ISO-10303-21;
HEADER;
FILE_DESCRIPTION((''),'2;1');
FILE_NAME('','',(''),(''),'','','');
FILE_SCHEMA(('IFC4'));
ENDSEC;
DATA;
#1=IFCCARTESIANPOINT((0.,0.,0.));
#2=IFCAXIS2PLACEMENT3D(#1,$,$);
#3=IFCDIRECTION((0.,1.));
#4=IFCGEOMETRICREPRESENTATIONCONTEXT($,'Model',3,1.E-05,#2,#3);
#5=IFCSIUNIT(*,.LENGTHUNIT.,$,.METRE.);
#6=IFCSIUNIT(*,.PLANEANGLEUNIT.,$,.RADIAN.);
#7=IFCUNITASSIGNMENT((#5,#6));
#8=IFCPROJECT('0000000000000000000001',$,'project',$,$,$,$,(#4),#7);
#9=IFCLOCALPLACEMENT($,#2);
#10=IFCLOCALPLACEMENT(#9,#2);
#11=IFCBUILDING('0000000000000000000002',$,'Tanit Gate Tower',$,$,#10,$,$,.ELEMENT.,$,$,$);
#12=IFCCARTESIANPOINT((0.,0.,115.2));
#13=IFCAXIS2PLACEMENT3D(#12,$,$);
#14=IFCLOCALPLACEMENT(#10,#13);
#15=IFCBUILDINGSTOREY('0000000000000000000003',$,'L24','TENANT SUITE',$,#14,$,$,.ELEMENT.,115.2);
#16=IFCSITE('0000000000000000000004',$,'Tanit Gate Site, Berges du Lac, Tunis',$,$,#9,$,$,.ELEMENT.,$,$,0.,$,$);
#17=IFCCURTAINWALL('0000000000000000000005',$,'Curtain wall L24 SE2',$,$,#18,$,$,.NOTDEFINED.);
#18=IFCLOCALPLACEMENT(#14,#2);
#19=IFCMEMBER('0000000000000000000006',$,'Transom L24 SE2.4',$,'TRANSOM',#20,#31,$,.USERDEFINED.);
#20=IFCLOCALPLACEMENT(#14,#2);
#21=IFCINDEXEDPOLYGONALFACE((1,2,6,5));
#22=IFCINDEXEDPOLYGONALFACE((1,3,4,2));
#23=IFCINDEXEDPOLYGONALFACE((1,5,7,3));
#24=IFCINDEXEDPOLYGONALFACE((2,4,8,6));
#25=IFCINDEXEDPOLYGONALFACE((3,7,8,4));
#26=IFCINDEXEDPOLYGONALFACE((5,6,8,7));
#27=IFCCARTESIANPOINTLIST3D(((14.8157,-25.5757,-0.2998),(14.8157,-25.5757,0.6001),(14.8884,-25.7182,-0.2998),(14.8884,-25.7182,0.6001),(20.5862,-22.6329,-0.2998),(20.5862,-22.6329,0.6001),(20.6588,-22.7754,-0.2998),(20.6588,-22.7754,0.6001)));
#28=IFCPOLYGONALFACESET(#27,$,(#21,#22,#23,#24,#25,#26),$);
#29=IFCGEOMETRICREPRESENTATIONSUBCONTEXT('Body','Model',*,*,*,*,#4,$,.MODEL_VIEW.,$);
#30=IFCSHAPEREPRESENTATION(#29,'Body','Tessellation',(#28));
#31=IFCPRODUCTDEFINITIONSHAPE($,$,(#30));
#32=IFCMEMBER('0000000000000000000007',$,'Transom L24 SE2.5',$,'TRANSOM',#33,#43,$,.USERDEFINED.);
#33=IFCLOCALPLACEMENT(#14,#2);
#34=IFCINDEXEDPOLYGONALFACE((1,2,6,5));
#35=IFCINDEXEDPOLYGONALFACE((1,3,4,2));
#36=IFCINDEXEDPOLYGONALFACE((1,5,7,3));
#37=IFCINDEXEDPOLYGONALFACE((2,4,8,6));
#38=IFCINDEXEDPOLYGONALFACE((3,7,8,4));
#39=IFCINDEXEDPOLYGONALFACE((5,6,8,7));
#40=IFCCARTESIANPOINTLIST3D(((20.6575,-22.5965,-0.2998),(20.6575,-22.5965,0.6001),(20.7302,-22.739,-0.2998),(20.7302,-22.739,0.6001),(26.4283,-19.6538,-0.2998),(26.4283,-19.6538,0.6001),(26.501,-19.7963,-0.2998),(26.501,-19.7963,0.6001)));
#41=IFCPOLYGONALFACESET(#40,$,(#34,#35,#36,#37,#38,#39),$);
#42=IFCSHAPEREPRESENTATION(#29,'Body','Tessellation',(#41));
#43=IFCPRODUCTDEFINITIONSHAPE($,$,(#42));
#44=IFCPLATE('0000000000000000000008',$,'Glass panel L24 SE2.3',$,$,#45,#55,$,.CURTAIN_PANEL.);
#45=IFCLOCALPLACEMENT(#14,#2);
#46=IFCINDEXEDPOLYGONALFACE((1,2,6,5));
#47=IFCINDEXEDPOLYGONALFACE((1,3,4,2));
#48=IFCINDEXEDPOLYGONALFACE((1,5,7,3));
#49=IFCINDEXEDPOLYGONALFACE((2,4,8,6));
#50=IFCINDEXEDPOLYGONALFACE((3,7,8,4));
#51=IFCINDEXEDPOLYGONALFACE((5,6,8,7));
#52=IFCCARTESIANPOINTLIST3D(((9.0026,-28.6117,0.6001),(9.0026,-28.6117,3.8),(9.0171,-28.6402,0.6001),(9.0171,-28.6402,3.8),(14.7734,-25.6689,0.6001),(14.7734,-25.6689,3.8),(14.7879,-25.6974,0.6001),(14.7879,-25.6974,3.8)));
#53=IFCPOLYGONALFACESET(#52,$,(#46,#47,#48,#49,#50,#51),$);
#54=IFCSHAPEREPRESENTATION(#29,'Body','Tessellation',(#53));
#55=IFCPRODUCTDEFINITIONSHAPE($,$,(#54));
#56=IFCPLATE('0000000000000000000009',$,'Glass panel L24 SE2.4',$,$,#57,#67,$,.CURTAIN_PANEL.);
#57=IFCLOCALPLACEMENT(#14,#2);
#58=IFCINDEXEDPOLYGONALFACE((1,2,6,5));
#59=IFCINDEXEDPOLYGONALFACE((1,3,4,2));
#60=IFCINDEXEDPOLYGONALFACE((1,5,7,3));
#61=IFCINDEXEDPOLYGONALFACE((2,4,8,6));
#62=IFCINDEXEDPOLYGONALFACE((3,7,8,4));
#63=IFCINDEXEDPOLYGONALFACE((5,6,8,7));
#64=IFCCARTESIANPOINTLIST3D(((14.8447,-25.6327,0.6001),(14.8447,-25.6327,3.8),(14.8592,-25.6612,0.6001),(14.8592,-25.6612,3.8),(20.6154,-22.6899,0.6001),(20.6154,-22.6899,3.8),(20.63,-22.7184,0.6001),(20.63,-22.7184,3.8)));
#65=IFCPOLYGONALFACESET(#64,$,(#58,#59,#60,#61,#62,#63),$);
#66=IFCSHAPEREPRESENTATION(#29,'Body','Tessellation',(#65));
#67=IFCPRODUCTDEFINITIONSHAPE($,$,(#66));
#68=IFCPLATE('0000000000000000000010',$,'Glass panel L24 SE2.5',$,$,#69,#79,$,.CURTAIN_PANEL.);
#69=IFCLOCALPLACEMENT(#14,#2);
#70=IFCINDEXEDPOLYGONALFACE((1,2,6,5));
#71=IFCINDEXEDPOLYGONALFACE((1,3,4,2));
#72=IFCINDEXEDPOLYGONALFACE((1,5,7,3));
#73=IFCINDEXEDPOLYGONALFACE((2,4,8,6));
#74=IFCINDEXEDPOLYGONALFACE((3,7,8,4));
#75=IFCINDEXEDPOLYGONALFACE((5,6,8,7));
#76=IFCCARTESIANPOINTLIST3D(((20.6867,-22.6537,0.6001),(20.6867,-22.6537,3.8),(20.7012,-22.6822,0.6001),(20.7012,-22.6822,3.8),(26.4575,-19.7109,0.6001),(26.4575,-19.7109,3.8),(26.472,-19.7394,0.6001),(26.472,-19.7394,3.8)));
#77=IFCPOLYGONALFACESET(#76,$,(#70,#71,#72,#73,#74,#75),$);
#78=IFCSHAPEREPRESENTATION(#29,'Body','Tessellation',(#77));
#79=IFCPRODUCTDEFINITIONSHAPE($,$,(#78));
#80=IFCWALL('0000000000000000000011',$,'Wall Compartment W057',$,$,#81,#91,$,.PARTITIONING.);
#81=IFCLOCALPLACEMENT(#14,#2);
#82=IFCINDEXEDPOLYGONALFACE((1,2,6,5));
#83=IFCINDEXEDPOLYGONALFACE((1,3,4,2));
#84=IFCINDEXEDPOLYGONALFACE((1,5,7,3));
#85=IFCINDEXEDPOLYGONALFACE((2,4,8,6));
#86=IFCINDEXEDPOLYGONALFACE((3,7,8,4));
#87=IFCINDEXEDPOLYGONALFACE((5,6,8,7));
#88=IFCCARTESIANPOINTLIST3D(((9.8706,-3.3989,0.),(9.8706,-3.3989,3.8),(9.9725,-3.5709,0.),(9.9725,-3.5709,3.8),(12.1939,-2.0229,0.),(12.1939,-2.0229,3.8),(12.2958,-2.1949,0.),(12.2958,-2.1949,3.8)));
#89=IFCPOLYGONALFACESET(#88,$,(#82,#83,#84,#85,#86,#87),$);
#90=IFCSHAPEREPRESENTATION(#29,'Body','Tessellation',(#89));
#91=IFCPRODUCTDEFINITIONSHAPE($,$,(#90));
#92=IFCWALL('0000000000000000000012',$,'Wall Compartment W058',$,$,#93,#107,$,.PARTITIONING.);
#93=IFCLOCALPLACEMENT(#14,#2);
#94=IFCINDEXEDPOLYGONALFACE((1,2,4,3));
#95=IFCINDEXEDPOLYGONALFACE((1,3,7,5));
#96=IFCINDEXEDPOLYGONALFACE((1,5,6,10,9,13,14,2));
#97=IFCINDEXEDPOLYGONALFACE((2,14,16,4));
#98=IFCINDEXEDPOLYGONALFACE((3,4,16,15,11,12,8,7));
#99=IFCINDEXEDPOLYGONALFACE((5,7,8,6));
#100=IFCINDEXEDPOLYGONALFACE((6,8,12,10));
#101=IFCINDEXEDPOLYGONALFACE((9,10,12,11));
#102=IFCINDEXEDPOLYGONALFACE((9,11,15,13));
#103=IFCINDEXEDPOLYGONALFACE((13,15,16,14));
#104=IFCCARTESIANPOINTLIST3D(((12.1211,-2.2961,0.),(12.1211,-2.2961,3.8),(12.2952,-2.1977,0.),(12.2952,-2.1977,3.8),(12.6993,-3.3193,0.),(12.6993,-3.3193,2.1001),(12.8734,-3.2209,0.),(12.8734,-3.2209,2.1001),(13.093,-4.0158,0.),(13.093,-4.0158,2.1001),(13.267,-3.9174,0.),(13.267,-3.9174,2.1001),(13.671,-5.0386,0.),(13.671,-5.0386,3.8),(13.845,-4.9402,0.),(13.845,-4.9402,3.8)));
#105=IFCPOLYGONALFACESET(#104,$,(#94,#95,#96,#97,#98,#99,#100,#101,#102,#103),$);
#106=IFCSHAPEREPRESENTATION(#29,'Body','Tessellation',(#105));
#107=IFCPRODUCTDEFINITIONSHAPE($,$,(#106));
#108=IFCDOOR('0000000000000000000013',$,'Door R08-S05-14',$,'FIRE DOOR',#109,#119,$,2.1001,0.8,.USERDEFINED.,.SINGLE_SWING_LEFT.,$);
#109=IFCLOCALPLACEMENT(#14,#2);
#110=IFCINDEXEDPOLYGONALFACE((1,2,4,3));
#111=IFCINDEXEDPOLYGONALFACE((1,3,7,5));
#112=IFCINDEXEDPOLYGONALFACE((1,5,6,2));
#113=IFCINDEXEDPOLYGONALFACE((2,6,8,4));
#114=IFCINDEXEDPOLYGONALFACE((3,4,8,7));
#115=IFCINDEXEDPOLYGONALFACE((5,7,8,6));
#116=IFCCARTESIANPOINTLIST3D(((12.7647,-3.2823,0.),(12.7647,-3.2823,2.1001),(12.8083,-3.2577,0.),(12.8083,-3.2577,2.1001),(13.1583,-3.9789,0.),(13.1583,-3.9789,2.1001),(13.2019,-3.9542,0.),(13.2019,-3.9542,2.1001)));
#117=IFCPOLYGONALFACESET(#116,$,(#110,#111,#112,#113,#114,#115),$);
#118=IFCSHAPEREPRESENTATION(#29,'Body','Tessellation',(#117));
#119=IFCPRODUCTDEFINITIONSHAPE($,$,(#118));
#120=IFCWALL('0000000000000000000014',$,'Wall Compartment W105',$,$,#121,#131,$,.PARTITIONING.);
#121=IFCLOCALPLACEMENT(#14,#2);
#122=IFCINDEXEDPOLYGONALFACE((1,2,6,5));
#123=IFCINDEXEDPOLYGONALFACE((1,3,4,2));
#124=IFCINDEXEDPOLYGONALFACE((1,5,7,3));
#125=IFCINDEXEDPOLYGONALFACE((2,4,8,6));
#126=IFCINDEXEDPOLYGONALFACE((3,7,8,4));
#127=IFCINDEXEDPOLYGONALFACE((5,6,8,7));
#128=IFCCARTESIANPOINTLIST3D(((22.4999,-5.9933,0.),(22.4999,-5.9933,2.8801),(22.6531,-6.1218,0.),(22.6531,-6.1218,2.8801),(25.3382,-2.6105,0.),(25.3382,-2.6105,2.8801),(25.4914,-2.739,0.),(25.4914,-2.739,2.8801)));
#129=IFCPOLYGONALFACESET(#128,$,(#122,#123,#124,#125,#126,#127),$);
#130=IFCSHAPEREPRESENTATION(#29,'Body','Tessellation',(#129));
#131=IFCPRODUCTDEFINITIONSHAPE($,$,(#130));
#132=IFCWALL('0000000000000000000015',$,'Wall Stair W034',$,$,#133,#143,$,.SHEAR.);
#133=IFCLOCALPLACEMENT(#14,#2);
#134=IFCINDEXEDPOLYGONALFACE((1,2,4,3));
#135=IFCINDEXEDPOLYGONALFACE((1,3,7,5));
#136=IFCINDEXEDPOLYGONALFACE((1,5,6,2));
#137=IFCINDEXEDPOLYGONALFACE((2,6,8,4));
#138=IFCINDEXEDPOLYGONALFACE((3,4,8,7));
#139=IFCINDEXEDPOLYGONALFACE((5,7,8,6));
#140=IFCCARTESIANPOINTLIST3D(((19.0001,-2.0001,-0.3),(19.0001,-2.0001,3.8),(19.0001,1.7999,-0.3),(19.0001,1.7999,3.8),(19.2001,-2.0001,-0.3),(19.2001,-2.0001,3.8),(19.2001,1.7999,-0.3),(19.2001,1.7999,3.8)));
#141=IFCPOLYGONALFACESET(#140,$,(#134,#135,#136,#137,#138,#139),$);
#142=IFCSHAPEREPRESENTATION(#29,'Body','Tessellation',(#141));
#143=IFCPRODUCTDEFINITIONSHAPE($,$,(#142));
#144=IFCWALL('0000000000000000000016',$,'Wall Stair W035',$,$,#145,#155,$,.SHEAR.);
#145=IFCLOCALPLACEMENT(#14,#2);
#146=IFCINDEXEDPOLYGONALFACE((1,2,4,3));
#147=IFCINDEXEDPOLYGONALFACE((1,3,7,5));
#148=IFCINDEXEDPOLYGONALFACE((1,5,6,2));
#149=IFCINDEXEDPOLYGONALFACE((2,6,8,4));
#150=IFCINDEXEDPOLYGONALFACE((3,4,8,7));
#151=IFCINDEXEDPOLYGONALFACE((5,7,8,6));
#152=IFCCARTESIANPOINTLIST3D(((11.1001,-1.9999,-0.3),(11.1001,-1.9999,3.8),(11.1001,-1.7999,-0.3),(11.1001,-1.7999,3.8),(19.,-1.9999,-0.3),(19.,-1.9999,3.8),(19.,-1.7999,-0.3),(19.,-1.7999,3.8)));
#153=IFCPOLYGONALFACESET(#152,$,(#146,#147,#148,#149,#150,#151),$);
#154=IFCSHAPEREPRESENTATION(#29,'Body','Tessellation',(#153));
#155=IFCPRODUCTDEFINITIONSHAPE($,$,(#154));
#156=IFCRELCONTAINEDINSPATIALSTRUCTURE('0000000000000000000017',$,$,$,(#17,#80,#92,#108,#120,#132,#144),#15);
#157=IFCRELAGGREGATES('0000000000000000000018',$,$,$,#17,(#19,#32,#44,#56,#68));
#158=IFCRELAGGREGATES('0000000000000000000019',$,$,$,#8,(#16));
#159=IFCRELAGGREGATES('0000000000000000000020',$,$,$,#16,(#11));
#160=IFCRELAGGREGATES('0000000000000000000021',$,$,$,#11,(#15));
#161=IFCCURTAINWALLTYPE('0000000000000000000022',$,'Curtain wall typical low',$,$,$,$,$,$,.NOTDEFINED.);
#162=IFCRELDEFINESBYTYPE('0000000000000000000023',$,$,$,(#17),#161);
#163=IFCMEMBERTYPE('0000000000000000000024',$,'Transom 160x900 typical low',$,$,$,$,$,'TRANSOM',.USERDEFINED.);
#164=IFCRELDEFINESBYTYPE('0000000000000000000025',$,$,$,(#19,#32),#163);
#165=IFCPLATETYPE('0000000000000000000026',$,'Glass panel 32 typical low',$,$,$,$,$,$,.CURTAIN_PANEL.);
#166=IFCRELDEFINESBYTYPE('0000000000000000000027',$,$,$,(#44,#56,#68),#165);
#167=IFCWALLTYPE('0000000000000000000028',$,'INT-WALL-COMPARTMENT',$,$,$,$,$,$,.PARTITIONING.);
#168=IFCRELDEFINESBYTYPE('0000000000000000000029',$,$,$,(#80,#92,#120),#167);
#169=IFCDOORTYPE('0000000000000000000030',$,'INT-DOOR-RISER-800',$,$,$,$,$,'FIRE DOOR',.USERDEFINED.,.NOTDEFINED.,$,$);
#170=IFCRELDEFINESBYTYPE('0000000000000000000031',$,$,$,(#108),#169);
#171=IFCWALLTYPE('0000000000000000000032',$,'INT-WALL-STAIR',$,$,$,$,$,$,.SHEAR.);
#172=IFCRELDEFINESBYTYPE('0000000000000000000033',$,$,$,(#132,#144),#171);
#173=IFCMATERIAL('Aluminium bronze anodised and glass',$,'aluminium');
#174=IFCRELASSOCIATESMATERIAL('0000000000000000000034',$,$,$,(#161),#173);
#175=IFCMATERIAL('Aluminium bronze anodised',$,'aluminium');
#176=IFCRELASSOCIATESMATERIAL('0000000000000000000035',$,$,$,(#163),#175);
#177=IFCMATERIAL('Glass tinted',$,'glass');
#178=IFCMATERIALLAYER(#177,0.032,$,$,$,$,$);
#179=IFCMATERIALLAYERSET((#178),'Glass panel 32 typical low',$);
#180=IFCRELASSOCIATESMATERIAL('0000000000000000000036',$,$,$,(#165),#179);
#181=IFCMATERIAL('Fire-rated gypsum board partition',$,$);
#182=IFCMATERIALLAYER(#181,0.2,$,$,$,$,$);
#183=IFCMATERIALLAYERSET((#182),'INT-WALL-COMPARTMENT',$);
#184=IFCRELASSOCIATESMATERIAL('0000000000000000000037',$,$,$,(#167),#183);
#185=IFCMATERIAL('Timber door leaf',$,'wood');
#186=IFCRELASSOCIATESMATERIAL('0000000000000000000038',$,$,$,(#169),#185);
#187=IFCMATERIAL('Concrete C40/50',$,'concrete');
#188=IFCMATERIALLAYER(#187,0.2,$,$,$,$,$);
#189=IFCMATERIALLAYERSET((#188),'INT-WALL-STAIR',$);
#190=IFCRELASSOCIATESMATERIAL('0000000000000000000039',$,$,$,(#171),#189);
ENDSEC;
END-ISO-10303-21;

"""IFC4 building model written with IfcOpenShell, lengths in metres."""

from ifc_helpers import new_model, si_unit, direction, frame, frame_2d, origin, origin_2d, place, context, subcontext, project, spatial, rectangle, extrude, material, layer, layer_set, material_profile, profile_set, type_object, element, fill, aggregate, save


model = new_model("IFC4")

# Units and contexts
model_context = context("Model", 3, precision=1e-05, world=origin(), true_north=direction((0.0, 1.0)))
body_context = subcontext(model_context, "Body", "Model", "MODEL_VIEW")
ifc_project = project(units=[si_unit("LENGTHUNIT", "METRE"), si_unit("PLANEANGLEUNIT", "RADIAN")], contexts=[model_context])

# Site, building, storey
site_placement = place(None, origin())
site = spatial("IfcSite", under=ifc_project, at=site_placement, Name="Tanit Gate Site, Berges du Lac, Tunis", CompositionType="ELEMENT", RefElevation=0.0)
building_placement = place(site_placement, origin())
building = spatial("IfcBuilding", under=site, at=building_placement, Name="Tanit Gate Tower", CompositionType="ELEMENT")
storey_placement = place(building_placement, frame((0.0, 0.0, 115.2)))
storey = spatial("IfcBuildingStorey", under=building, at=storey_placement, Name="L24", Description="TENANT SUITE", CompositionType="ELEMENT", Elevation=115.2)

# Curtain wall
ifc_material_1 = material(Name="Aluminium bronze anodised and glass", Category="aluminium")
curtain_wall_type = type_object("IfcCurtainWallType", Name="Curtain wall typical low", PredefinedType="NOTDEFINED", material=ifc_material_1)
curtain_wall_placement = place(storey_placement, origin())
curtain_wall = element("IfcCurtainWall", 1, at=curtain_wall_placement, inside=storey, type_object=curtain_wall_type, Name="Curtain wall L24 SE2", PredefinedType="NOTDEFINED")

# Members
ifc_material_2 = material(Name="Aluminium bronze anodised", Category="aluminium")
ifc_material_profile_1 = material_profile(ifc_material_2, rectangle(XDim=0.1599, YDim=0.8999, at=origin_2d()), Name="160x900 bronze transom")
ifc_profile_set_1 = profile_set([ifc_material_profile_1], Name="Aluminium bronze anodised")
member_type_1 = type_object("IfcMemberType", Name="Transom 160x900 typical low", ElementType="TRANSOM", PredefinedType="USERDEFINED", material=ifc_profile_set_1)
member_1_placement = place(storey_placement, frame((14.8521, -25.647, 0.1501), z_axis=(0.890841, 0.454315, 0.0), x_axis=(-0.454315, 0.890841, 0.0)))
member_1 = element("IfcMember", 2, at=member_1_placement, type_object=member_type_1, Name="Transom L24 SE2.4", ObjectType="TRANSOM", PredefinedType="USERDEFINED", context=body_context, shape_type="SweptSolid", body=[
    extrude(rectangle(XDim=0.1599, YDim=0.8999, at=origin_2d()), origin(), (0.0, 0.0, 1.0), 6.4775),
])
member_2_placement = place(storey_placement, frame((20.6938, -22.6677, 0.1501), z_axis=(0.890864, 0.45427, 0.0), x_axis=(-0.45427, 0.890864, 0.0)))
member_2 = element("IfcMember", 3, at=member_2_placement, type_object=member_type_1, Name="Transom L24 SE2.5", ObjectType="TRANSOM", PredefinedType="USERDEFINED", context=body_context, shape_type="SweptSolid", body=[
    extrude(rectangle(XDim=0.1599, YDim=0.8999, at=origin_2d()), origin(), (0.0, 0.0, 1.0), 6.4778),
])

# Plates
ifc_material_3 = material(Name="Glass tinted", Category="glass")
ifc_layer_1 = layer(ifc_material_3, 0.032)
ifc_layer_set_1 = layer_set([ifc_layer_1], Name="Glass panel 32 typical low")
plate_type = type_object("IfcPlateType", Name="Glass panel 32 typical low", PredefinedType="CURTAIN_PANEL", material=ifc_layer_set_1)
plate_1_placement = place(storey_placement, frame((11.8953, -27.1545, 0.6001), z_axis=(0.0, 0.0, 1.0), x_axis=(0.890855, 0.454288, 0.0)))
plate_1 = element("IfcPlate", 4, at=plate_1_placement, type_object=plate_type, Name="Glass panel L24 SE2.3", PredefinedType="CURTAIN_PANEL", context=body_context, shape_type="SweptSolid", body=[
    extrude(rectangle(XDim=6.4778, YDim=0.032, at=origin_2d()), origin(), (0.0, 0.0, 1.0), 3.2),
])
plate_2_placement = place(storey_placement, frame((17.7373, -24.1755, 0.6001), z_axis=(0.0, 0.0, 1.0), x_axis=(0.890855, 0.454288, 0.0)))
plate_2 = element("IfcPlate", 5, at=plate_2_placement, type_object=plate_type, Name="Glass panel L24 SE2.4", PredefinedType="CURTAIN_PANEL", context=body_context, shape_type="SweptSolid", body=[
    extrude(rectangle(XDim=6.4778, YDim=0.032, at=origin_2d()), origin(), (0.0, 0.0, 1.0), 3.2),
])
plate_3_placement = place(storey_placement, frame((23.5793, -21.1965, 0.6001), z_axis=(0.0, 0.0, 1.0), x_axis=(0.890855, 0.454288, 0.0)))
plate_3 = element("IfcPlate", 6, at=plate_3_placement, type_object=plate_type, Name="Glass panel L24 SE2.5", PredefinedType="CURTAIN_PANEL", context=body_context, shape_type="SweptSolid", body=[
    extrude(rectangle(XDim=6.4778, YDim=0.032, at=origin_2d()), origin(), (0.0, 0.0, 1.0), 3.2),
])
aggregate(curtain_wall, [member_1, member_2, plate_1, plate_2, plate_3])

# Wall
ifc_material_4 = material(Name="Fire-rated gypsum board partition")
ifc_layer_2 = layer(ifc_material_4, 0.2)
ifc_layer_set_2 = layer_set([ifc_layer_2], Name="INT-WALL-COMPARTMENT")
wall_type_1 = type_object("IfcWallType", Name="INT-WALL-COMPARTMENT", PredefinedType="PARTITIONING", material=ifc_layer_set_2)
wall_1_placement = place(storey_placement, frame((12.2449, -2.1089, 0.0), z_axis=(0.0, 0.0, 1.0), x_axis=(-0.860415, -0.509594, 0.0)))
element("IfcWall", 7, at=wall_1_placement, inside=storey, type_object=wall_type_1, Name="Wall Compartment W057", PredefinedType="PARTITIONING", context=body_context, shape_type="SweptSolid", body=[
    extrude(rectangle(XDim=2.7002, YDim=0.2, at=frame_2d((1.3501, 0.0))), origin(), (0.0, 0.0, 1.0), 3.8),
])

# Wall, opening, door
wall_2_placement = place(storey_placement, frame((13.7581, -4.9895, 0.0), z_axis=(0.0, 0.0, 1.0), x_axis=(-0.491993, 0.870599, 0.0)))
wall_2 = element("IfcWall", 8, at=wall_2_placement, inside=storey, type_object=wall_type_1, Name="Wall Compartment W058", PredefinedType="PARTITIONING", context=body_context, shape_type="SweptSolid", body=[
    extrude(rectangle(XDim=3.1501, YDim=0.2, at=frame_2d((1.5752, 0.0))), origin(), (0.0, 0.0, 1.0), 3.8),
])
opening_1_placement = place(wall_2_placement, frame((1.175, 0.0, 0.0)))
opening_1 = element("IfcOpeningElement", 9, at=opening_1_placement, cuts=wall_2, PredefinedType="OPENING", context=body_context, shape_type="SweptSolid", body=[
    extrude(rectangle(XDim=0.8, YDim=2.1001, at=frame_2d((0.3999, 1.05))), frame((0.0, 0.1099, 0.0), z_axis=(0.0, -1.0, 0.0), x_axis=(1.0, 0.0, 0.0)), (0.0, 0.0, 1.0), 0.22),
])
ifc_material_5 = material(Name="Timber door leaf", Category="wood")
door_type_1 = type_object("IfcDoorType", Name="INT-DOOR-RISER-800", ElementType="FIRE DOOR", OperationType="NOTDEFINED", PredefinedType="USERDEFINED", material=ifc_material_5)
door_1_placement = place(opening_1_placement, origin())
door_1 = element("IfcDoor", 10, at=door_1_placement, inside=storey, type_object=door_type_1, Name="Door R08-S05-14", ObjectType="FIRE DOOR", OperationType="SINGLE_SWING_LEFT", OverallHeight=2.1001, OverallWidth=0.8, PredefinedType="USERDEFINED", context=body_context, shape_type="SweptSolid", body=[
    extrude(rectangle(XDim=0.8, YDim=2.1001, at=frame_2d((0.3999, 1.05))), frame((0.0, 0.0249, 0.0), z_axis=(0.0, -1.0, 0.0), x_axis=(1.0, 0.0, 0.0)), (0.0, 0.0, 1.0), 0.05),
])
fill(opening_1, door_1)

# Walls
wall_3_placement = place(storey_placement, frame((22.5764, -6.0576, 0.0), z_axis=(0.0, 0.0, 1.0), x_axis=(0.642769, 0.76606, 0.0)))
element("IfcWall", 11, at=wall_3_placement, inside=storey, type_object=wall_type_1, Name="Wall Compartment W105", PredefinedType="PARTITIONING", context=body_context, shape_type="SweptSolid", body=[
    extrude(rectangle(XDim=4.4158, YDim=0.2, at=frame_2d((2.208, 0.0))), origin(), (0.0, 0.0, 1.0), 2.8801),
])
ifc_material_6 = material(Name="Concrete C40/50", Category="concrete")
ifc_layer_3 = layer(ifc_material_6, 0.2)
ifc_layer_set_3 = layer_set([ifc_layer_3], Name="INT-WALL-STAIR")
wall_type_2 = type_object("IfcWallType", Name="INT-WALL-STAIR", PredefinedType="SHEAR", material=ifc_layer_set_3)
wall_4_placement = place(storey_placement, frame((19.1001, -2.0, -0.3), z_axis=(0.0, 0.0, 1.0), x_axis=(0.0, 1.0, 0.0)))
element("IfcWall", 12, at=wall_4_placement, inside=storey, type_object=wall_type_2, Name="Wall Stair W034", PredefinedType="SHEAR", context=body_context, shape_type="SweptSolid", body=[
    extrude(rectangle(XDim=3.8, YDim=0.2, at=frame_2d((1.8999, 0.0))), origin(), (0.0, 0.0, 1.0), 4.1001),
])
wall_5_placement = place(storey_placement, frame((11.1001, -1.8999, -0.3), z_axis=(0.0, 0.0, 1.0), x_axis=(1.0, 0.0, 0.0)))
element("IfcWall", 13, at=wall_5_placement, inside=storey, type_object=wall_type_2, Name="Wall Stair W035", PredefinedType="SHEAR", context=body_context, shape_type="SweptSolid", body=[
    extrude(rectangle(XDim=7.8999, YDim=0.2, at=frame_2d((3.95, 0.0))), origin(), (0.0, 0.0, 1.0), 4.1001),
])

save(model, "model.ifc")
